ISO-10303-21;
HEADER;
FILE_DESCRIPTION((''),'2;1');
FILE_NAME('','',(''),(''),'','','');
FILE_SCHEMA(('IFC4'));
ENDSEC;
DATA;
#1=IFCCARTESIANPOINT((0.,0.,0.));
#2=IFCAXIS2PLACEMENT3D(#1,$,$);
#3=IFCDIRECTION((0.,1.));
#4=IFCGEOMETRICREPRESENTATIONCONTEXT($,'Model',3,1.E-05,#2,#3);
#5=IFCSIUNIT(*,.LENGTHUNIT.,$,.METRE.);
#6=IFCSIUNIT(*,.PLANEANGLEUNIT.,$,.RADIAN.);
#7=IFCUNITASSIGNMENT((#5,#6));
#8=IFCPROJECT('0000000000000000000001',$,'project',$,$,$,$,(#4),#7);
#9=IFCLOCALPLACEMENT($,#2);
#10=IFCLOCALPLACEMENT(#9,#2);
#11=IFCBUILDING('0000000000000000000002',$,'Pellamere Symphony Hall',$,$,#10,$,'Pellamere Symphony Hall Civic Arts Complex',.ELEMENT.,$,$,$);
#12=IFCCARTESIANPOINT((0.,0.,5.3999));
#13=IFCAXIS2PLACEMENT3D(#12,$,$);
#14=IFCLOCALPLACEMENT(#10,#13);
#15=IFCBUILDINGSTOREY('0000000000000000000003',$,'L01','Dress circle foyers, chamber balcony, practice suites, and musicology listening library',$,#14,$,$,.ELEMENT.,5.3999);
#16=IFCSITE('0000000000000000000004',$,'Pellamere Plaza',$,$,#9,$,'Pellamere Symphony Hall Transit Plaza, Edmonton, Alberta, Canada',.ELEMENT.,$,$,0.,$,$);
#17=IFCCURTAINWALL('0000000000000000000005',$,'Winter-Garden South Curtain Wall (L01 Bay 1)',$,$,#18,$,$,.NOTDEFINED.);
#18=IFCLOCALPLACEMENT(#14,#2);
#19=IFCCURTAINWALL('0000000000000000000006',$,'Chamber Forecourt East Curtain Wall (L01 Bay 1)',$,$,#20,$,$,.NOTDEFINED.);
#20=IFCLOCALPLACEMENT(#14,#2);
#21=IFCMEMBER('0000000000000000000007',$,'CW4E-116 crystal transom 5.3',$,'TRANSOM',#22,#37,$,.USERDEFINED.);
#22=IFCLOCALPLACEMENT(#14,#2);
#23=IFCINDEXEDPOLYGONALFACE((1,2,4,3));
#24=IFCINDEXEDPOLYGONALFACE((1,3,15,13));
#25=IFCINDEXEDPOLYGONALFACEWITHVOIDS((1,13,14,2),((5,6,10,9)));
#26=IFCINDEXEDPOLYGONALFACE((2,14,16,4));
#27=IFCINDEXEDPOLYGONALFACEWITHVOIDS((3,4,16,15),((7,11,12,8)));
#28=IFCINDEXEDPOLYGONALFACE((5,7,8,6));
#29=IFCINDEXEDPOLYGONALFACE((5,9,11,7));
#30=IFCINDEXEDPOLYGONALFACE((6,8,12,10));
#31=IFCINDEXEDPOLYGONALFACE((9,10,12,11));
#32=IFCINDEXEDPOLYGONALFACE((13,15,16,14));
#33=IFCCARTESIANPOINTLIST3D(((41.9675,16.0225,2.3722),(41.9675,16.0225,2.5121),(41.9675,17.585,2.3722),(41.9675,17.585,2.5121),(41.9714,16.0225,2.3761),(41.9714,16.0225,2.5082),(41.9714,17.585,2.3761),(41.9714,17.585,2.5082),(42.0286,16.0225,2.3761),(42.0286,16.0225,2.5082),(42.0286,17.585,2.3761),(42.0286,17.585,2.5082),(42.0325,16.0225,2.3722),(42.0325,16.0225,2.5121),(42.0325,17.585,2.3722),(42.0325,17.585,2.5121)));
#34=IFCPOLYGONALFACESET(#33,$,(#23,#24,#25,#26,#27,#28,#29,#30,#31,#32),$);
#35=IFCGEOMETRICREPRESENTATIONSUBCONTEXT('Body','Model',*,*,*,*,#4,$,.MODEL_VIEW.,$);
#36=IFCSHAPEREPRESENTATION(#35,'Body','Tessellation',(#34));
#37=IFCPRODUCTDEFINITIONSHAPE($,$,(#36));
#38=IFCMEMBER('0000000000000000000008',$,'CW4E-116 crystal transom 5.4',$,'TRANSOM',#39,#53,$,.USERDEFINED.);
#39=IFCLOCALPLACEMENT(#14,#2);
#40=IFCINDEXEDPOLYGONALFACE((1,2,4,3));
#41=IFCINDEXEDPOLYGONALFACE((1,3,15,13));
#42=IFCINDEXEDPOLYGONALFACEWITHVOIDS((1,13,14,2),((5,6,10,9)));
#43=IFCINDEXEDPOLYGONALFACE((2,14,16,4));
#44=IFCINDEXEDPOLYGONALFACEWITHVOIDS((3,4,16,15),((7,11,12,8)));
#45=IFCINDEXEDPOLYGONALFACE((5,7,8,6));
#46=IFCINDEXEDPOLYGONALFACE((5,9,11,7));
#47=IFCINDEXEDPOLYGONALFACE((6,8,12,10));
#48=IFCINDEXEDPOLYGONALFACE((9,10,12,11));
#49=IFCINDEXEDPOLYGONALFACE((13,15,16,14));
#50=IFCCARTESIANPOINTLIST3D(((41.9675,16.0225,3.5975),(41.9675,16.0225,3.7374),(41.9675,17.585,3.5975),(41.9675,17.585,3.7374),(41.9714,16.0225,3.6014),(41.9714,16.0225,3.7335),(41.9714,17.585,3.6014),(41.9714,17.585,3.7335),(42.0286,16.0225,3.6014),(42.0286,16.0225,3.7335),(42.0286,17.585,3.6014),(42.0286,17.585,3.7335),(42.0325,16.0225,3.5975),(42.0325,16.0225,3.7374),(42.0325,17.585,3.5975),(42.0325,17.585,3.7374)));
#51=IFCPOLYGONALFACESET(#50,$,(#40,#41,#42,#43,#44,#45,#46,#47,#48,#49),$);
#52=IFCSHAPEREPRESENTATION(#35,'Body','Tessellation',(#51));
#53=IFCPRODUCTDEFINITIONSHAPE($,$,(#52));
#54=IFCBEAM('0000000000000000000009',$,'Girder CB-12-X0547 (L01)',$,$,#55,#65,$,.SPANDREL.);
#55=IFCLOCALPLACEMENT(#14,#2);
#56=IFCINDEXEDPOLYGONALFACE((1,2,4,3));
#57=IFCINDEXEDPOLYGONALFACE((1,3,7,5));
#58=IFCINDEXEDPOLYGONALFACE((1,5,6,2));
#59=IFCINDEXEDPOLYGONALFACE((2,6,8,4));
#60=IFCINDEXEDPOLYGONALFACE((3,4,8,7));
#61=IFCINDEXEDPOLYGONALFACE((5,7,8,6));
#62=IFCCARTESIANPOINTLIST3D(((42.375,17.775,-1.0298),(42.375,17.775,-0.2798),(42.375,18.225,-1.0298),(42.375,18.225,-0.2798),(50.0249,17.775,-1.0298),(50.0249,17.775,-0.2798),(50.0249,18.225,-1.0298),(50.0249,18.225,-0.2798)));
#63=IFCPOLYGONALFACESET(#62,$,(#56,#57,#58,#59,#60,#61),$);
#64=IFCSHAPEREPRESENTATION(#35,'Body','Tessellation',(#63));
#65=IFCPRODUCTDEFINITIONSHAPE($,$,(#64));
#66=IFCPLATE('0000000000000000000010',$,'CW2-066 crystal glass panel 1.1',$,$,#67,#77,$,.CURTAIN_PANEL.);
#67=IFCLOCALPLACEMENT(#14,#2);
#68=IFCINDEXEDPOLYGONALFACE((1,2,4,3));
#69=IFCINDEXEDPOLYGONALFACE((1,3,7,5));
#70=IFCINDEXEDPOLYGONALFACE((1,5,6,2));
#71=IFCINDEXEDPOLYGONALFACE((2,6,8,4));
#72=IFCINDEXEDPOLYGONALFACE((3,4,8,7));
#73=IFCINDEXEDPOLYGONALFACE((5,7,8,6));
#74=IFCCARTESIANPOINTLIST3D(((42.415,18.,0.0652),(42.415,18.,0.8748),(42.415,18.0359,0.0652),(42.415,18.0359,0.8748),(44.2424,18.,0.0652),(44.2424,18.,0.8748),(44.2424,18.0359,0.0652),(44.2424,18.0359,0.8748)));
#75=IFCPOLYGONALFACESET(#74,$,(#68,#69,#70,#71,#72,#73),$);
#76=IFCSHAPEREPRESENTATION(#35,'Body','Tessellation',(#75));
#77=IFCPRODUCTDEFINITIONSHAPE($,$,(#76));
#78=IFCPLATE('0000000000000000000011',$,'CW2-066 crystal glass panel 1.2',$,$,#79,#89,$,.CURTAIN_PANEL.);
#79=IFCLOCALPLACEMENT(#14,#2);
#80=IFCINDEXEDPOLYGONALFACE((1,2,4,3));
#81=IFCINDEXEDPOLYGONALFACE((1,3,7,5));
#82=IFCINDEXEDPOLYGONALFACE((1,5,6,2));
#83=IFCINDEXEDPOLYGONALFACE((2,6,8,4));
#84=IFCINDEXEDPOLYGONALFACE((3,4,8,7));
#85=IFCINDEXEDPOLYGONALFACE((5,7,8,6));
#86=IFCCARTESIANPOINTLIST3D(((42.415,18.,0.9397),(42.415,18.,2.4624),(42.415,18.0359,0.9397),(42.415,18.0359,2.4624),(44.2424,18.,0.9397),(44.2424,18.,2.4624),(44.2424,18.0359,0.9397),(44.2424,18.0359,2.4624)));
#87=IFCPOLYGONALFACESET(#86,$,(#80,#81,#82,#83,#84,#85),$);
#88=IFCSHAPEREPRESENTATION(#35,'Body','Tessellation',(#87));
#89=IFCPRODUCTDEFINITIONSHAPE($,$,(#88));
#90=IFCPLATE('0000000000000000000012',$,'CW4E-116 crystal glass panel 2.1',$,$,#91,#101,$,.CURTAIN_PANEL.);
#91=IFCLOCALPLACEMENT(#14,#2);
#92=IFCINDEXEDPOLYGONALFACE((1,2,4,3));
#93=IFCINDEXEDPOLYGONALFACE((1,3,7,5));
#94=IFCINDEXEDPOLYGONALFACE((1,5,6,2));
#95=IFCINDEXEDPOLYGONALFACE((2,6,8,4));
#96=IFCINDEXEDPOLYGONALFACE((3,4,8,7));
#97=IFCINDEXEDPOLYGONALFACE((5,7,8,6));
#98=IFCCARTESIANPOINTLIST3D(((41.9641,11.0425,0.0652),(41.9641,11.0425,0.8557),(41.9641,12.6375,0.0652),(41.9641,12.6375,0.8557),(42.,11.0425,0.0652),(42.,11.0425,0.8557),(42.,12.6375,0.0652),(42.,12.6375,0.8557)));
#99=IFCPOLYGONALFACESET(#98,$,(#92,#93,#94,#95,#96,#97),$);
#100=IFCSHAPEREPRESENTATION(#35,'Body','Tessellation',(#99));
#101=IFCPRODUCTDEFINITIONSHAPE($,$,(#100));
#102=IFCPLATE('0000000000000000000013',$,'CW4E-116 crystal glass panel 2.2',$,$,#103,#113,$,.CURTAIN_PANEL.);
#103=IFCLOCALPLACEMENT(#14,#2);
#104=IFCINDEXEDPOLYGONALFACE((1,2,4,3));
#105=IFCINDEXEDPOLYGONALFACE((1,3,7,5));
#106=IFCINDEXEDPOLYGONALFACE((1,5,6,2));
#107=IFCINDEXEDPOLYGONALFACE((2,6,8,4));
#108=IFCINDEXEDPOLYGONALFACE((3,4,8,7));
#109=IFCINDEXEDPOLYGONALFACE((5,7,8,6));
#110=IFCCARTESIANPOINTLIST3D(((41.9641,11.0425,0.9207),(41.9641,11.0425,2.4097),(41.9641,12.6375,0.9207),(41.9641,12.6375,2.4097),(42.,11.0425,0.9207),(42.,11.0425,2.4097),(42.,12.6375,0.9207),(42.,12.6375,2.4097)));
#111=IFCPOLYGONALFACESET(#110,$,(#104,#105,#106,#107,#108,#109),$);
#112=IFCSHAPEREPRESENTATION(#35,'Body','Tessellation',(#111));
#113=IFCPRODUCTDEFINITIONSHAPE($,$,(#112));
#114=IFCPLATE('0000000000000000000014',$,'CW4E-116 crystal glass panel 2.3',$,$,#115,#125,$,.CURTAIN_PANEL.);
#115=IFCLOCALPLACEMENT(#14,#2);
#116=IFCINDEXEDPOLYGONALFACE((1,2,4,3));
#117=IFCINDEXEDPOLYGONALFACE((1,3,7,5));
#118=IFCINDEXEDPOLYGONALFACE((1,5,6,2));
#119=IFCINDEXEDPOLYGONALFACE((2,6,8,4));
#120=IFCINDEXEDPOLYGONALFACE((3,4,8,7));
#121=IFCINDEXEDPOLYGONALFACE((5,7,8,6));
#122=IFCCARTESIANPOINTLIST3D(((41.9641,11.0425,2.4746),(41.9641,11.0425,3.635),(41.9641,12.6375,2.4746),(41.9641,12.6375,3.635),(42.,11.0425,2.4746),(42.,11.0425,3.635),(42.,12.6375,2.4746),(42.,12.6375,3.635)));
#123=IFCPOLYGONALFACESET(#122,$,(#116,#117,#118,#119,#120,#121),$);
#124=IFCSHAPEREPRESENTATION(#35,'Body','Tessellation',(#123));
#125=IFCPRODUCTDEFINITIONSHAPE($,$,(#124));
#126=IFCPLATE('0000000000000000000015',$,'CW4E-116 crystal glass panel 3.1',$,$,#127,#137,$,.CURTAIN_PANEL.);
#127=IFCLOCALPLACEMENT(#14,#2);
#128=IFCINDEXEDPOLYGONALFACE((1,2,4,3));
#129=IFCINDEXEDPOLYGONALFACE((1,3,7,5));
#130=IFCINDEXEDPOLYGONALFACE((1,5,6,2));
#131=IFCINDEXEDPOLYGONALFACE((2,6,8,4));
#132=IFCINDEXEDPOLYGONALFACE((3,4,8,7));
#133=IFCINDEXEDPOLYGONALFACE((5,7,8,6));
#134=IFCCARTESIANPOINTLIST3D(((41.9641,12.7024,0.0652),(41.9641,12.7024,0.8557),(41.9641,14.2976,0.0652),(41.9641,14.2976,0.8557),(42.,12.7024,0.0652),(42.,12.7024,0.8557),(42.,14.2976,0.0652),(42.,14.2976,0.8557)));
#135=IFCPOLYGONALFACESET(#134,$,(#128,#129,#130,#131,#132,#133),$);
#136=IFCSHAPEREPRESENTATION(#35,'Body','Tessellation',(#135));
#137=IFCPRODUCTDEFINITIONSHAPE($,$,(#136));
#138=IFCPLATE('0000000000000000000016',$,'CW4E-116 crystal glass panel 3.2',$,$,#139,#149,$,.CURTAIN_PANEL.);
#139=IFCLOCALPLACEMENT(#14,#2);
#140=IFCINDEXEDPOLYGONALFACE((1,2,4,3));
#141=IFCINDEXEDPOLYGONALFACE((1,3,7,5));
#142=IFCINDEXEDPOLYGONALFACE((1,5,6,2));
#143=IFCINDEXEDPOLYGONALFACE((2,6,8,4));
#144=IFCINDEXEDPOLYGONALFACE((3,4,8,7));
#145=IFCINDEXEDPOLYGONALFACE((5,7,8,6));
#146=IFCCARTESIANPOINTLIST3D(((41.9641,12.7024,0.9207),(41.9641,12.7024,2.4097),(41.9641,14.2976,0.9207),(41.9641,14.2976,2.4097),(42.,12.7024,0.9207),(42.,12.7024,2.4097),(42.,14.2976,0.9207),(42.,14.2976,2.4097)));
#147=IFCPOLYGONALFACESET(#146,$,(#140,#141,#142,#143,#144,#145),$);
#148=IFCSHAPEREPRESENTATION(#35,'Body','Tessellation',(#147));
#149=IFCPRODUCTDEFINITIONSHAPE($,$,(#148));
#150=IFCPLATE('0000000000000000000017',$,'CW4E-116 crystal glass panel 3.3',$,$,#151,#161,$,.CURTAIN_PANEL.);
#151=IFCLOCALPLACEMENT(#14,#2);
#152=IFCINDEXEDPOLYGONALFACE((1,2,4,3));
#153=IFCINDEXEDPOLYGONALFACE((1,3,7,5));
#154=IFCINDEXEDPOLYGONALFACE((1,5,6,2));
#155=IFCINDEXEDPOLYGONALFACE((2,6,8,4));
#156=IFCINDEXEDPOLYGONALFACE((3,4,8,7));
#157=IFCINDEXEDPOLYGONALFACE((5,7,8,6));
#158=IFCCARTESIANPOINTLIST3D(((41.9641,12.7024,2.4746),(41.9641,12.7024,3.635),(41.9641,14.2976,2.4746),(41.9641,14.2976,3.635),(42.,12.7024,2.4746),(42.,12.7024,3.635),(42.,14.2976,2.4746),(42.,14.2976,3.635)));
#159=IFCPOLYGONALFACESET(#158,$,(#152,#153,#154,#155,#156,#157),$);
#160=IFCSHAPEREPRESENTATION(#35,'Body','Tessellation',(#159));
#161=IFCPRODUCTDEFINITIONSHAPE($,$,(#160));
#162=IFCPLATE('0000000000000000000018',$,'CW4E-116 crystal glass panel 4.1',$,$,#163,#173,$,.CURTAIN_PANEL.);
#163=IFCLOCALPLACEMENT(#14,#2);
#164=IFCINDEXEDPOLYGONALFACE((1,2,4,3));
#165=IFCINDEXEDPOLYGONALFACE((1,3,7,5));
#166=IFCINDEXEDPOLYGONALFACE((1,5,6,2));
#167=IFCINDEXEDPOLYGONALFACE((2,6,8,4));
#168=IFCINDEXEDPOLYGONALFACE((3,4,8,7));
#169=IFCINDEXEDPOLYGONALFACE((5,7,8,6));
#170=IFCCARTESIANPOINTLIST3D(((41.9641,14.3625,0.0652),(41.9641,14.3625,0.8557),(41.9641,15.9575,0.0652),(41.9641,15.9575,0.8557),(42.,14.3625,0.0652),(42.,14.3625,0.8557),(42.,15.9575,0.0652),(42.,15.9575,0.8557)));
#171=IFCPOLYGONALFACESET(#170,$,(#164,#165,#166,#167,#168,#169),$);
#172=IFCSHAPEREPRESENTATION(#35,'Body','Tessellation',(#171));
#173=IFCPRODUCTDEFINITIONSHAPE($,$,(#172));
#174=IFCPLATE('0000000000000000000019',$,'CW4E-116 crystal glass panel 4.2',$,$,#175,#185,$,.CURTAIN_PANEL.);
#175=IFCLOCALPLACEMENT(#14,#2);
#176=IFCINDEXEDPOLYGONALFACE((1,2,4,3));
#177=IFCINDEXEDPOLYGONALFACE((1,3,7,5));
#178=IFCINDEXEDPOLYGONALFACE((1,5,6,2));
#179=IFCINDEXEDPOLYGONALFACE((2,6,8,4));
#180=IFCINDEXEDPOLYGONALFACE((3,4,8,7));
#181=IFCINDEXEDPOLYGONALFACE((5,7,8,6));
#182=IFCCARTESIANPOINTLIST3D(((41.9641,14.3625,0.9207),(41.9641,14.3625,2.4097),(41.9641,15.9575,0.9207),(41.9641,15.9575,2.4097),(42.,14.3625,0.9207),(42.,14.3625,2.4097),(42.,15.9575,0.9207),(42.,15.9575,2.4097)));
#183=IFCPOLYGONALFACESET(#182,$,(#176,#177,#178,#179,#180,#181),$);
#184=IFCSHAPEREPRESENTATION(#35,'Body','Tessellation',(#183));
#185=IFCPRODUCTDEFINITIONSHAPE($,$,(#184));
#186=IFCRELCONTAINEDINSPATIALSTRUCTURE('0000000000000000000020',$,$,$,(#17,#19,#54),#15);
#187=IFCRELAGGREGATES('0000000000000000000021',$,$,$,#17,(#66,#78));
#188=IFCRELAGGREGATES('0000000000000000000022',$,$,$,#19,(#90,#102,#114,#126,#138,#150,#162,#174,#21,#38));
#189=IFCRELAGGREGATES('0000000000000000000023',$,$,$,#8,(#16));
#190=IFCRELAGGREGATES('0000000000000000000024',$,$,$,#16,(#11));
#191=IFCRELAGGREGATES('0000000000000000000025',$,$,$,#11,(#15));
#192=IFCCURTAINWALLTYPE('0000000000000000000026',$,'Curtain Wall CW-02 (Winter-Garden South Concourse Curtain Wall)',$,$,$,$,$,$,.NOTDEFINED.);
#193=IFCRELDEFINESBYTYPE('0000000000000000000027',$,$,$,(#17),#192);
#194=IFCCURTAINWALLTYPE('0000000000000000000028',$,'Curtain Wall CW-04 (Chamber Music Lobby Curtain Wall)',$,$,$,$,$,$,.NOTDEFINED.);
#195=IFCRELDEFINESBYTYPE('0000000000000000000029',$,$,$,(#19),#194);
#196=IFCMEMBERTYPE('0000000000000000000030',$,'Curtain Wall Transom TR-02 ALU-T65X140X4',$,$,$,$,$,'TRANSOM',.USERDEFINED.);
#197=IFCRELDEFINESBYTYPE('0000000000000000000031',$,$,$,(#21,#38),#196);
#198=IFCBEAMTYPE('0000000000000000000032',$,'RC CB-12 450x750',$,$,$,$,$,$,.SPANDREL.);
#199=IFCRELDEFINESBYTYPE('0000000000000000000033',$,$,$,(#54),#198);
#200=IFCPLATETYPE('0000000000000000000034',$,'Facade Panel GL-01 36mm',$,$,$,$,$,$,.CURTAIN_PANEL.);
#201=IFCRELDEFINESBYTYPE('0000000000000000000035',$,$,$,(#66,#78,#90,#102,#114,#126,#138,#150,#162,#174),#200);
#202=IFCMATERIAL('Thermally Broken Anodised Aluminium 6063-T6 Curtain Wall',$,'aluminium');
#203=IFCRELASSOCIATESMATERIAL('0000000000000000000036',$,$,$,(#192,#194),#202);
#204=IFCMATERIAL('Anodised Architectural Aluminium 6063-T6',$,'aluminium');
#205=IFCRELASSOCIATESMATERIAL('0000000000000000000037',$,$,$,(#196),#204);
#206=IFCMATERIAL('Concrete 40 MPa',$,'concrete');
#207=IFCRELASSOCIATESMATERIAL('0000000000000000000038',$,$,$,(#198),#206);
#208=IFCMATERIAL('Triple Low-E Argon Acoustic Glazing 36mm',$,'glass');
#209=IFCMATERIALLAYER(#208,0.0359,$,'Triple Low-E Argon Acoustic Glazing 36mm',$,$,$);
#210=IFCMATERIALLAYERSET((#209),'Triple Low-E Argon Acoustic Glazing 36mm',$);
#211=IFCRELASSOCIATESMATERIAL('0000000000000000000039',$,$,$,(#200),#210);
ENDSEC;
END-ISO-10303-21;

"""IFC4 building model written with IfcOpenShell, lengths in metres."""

from ifc_helpers import new_model, si_unit, direction, frame, origin, origin_2d, place, context, subcontext, project, spatial, polyline, rectangle, hollow_rectangle, outline, extrude, material, layer, layer_set, material_profile, profile_set, type_object, element, aggregate, save


model = new_model("IFC4")

# Units and contexts
model_context = context("Model", 3, precision=1e-05, world=origin(), true_north=direction((0.0, 1.0)))
body_context = subcontext(model_context, "Body", "Model", "MODEL_VIEW")
ifc_project = project(units=[si_unit("LENGTHUNIT", "METRE"), si_unit("PLANEANGLEUNIT", "RADIAN")], contexts=[model_context])

# Site, building, storey
site_placement = place(None, origin())
site = spatial("IfcSite", under=ifc_project, at=site_placement, Name="Pellamere Plaza", LongName="Pellamere Symphony Hall Transit Plaza, Edmonton, Alberta, Canada", CompositionType="ELEMENT", RefElevation=0.0)
building_placement = place(site_placement, origin())
building = spatial("IfcBuilding", under=site, at=building_placement, Name="Pellamere Symphony Hall", LongName="Pellamere Symphony Hall Civic Arts Complex", CompositionType="ELEMENT")
storey_placement = place(building_placement, frame((0.0, 0.0, 5.3999)))
storey = spatial("IfcBuildingStorey", under=building, at=storey_placement, Name="L01", Description="Dress circle foyers, chamber balcony, practice suites, and musicology listening library", CompositionType="ELEMENT", Elevation=5.3999)

# Shared definitions
ifc_material_1 = material(Name="Concrete 40 MPa", Category="concrete")

# Curtain wall
ifc_material_2 = material(Name="Thermally Broken Anodised Aluminium 6063-T6 Curtain Wall", Category="aluminium")
curtain_wall_type_1 = type_object("IfcCurtainWallType", Name="Curtain Wall CW-02 (Winter-Garden South Concourse Curtain Wall)", PredefinedType="NOTDEFINED", material=ifc_material_2)
curtain_wall_1_placement = place(storey_placement, origin())
curtain_wall_1 = element("IfcCurtainWall", 1, at=curtain_wall_1_placement, inside=storey, type_object=curtain_wall_type_1, Name="Winter-Garden South Curtain Wall (L01 Bay 1)", PredefinedType="NOTDEFINED")
ifc_material_3 = material(Name="Anodised Architectural Aluminium 6063-T6", Category="aluminium")

# Curtain wall
curtain_wall_type_2 = type_object("IfcCurtainWallType", Name="Curtain Wall CW-04 (Chamber Music Lobby Curtain Wall)", PredefinedType="NOTDEFINED", material=ifc_material_2)
curtain_wall_2_placement = place(storey_placement, origin())
curtain_wall_2 = element("IfcCurtainWall", 2, at=curtain_wall_2_placement, inside=storey, type_object=curtain_wall_type_2, Name="Chamber Forecourt East Curtain Wall (L01 Bay 1)", PredefinedType="NOTDEFINED")

# Members
ifc_material_profile_1 = material_profile(ifc_material_3, hollow_rectangle(XDim=0.0649, YDim=0.1399, WallThickness=0.0039, at=origin_2d()), Name="ALU-T65X140X4")
ifc_profile_set_1 = profile_set([ifc_material_profile_1], Name="Anodised Architectural Aluminium 6063-T6")
member_type_1 = type_object("IfcMemberType", Name="Curtain Wall Transom TR-02 ALU-T65X140X4", ElementType="TRANSOM", PredefinedType="USERDEFINED", material=ifc_profile_set_1)
member_1_placement = place(storey_placement, frame((42.0, 16.0225, 2.4421), z_axis=(0.0, 1.0, 0.0), x_axis=(-1.0, 0.0, 0.0)))
member_1 = element("IfcMember", 3, at=member_1_placement, type_object=member_type_1, Name="CW4E-116 crystal transom 5.3", ObjectType="TRANSOM", PredefinedType="USERDEFINED", context=body_context, shape_type="SweptSolid", body=[
    extrude(hollow_rectangle(XDim=0.0649, YDim=0.1399, WallThickness=0.0039, at=origin_2d()), origin(), (0.0, 0.0, 1.0), 1.5625),
])
member_2_placement = place(storey_placement, frame((42.0, 16.0225, 3.6675), z_axis=(0.0, 1.0, 0.0), x_axis=(-1.0, 0.0, 0.0)))
member_2 = element("IfcMember", 4, at=member_2_placement, type_object=member_type_1, Name="CW4E-116 crystal transom 5.4", ObjectType="TRANSOM", PredefinedType="USERDEFINED", context=body_context, shape_type="SweptSolid", body=[
    extrude(hollow_rectangle(XDim=0.0649, YDim=0.1399, WallThickness=0.0039, at=origin_2d()), origin(), (0.0, 0.0, 1.0), 1.5625),
])

# Beam
ifc_material_profile_2 = material_profile(ifc_material_1, rectangle(XDim=0.45, YDim=0.75, at=origin_2d()), Name="RC 450x750")
ifc_profile_set_2 = profile_set([ifc_material_profile_2], Name="Concrete 40 MPa")
beam_type = type_object("IfcBeamType", Name="RC CB-12 450x750", PredefinedType="SPANDREL", material=ifc_profile_set_2)
beam_placement = place(storey_placement, frame((42.375, 18.0, -0.6548), z_axis=(1.0, 0.0, 0.0), x_axis=(0.0, 1.0, 0.0)))
element("IfcBeam", 5, at=beam_placement, inside=storey, type_object=beam_type, Name="Girder CB-12-X0547 (L01)", PredefinedType="SPANDREL", context=body_context, shape_type="SweptSolid", body=[
    extrude(rectangle(XDim=0.45, YDim=0.75, at=origin_2d()), origin(), (0.0, 0.0, 1.0), 7.6499),
])

# Plates
ifc_material_4 = material(Name="Triple Low-E Argon Acoustic Glazing 36mm", Category="glass")
ifc_layer = layer(ifc_material_4, 0.0359, Name="Triple Low-E Argon Acoustic Glazing 36mm")
ifc_layer_set = layer_set([ifc_layer], Name="Triple Low-E Argon Acoustic Glazing 36mm")
plate_type = type_object("IfcPlateType", Name="Facade Panel GL-01 36mm", PredefinedType="CURTAIN_PANEL", material=ifc_layer_set)
plate_1_placement = place(storey_placement, frame((42.415, 18.0, 0.0652), z_axis=(0.0, -1.0, 0.0), x_axis=(1.0, 0.0, 0.0)))
plate_1 = element("IfcPlate", 6, at=plate_1_placement, type_object=plate_type, Name="CW2-066 crystal glass panel 1.1", PredefinedType="CURTAIN_PANEL", context=body_context, shape_type="SweptSolid", body=[
    extrude(outline(polyline([(0.0, 0.0), (1.8274, 0.0), (1.8274, 0.8096), (0.0, 0.8096), (0.0, 0.0)])), origin(), (0.0, 0.0, -1.0), 0.0359),
])
plate_2_placement = place(storey_placement, frame((42.415, 18.0, 0.9397), z_axis=(0.0, -1.0, 0.0), x_axis=(1.0, 0.0, 0.0)))
plate_2 = element("IfcPlate", 7, at=plate_2_placement, type_object=plate_type, Name="CW2-066 crystal glass panel 1.2", PredefinedType="CURTAIN_PANEL", context=body_context, shape_type="SweptSolid", body=[
    extrude(outline(polyline([(0.0, 0.0), (1.8274, 0.0), (1.8274, 1.5227), (0.0, 1.5227), (0.0, 0.0)])), origin(), (0.0, 0.0, -1.0), 0.0359),
])
aggregate(curtain_wall_1, [plate_1, plate_2])
plate_3_placement = place(storey_placement, frame((42.0, 11.0425, 0.0652), z_axis=(1.0, 0.0, 0.0), x_axis=(0.0, 1.0, 0.0)))
plate_3 = element("IfcPlate", 8, at=plate_3_placement, type_object=plate_type, Name="CW4E-116 crystal glass panel 2.1", PredefinedType="CURTAIN_PANEL", context=body_context, shape_type="SweptSolid", body=[
    extrude(outline(polyline([(0.0, 0.0), (1.595, 0.0), (1.595, 0.7905), (0.0, 0.7905), (0.0, 0.0)])), origin(), (0.0, 0.0, -1.0), 0.0359),
])
plate_4_placement = place(storey_placement, frame((42.0, 11.0425, 0.9207), z_axis=(1.0, 0.0, 0.0), x_axis=(0.0, 1.0, 0.0)))
plate_4 = element("IfcPlate", 9, at=plate_4_placement, type_object=plate_type, Name="CW4E-116 crystal glass panel 2.2", PredefinedType="CURTAIN_PANEL", context=body_context, shape_type="SweptSolid", body=[
    extrude(outline(polyline([(0.0, 0.0), (1.595, 0.0), (1.595, 1.489), (0.0, 1.489), (0.0, 0.0)])), origin(), (0.0, 0.0, -1.0), 0.0359),
])
plate_5_placement = place(storey_placement, frame((42.0, 11.0425, 2.4746), z_axis=(1.0, 0.0, 0.0), x_axis=(0.0, 1.0, 0.0)))
plate_5 = element("IfcPlate", 10, at=plate_5_placement, type_object=plate_type, Name="CW4E-116 crystal glass panel 2.3", PredefinedType="CURTAIN_PANEL", context=body_context, shape_type="SweptSolid", body=[
    extrude(outline(polyline([(0.0, 0.0), (1.595, 0.0), (1.595, 1.1604), (0.0, 1.1604), (0.0, 0.0)])), origin(), (0.0, 0.0, -1.0), 0.0359),
])
plate_6_placement = place(storey_placement, frame((42.0, 12.7024, 0.0652), z_axis=(1.0, 0.0, 0.0), x_axis=(0.0, 1.0, 0.0)))
plate_6 = element("IfcPlate", 11, at=plate_6_placement, type_object=plate_type, Name="CW4E-116 crystal glass panel 3.1", PredefinedType="CURTAIN_PANEL", context=body_context, shape_type="SweptSolid", body=[
    extrude(outline(polyline([(0.0, 0.0), (1.5952, 0.0), (1.5952, 0.7905), (0.0, 0.7905), (0.0, 0.0)])), origin(), (0.0, 0.0, -1.0), 0.0359),
])
plate_7_placement = place(storey_placement, frame((42.0, 12.7024, 0.9207), z_axis=(1.0, 0.0, 0.0), x_axis=(0.0, 1.0, 0.0)))
plate_7 = element("IfcPlate", 12, at=plate_7_placement, type_object=plate_type, Name="CW4E-116 crystal glass panel 3.2", PredefinedType="CURTAIN_PANEL", context=body_context, shape_type="SweptSolid", body=[
    extrude(outline(polyline([(0.0, 0.0), (1.5952, 0.0), (1.5952, 1.489), (0.0, 1.489), (0.0, 0.0)])), origin(), (0.0, 0.0, -1.0), 0.0359),
])
plate_8_placement = place(storey_placement, frame((42.0, 12.7024, 2.4746), z_axis=(1.0, 0.0, 0.0), x_axis=(0.0, 1.0, 0.0)))
plate_8 = element("IfcPlate", 13, at=plate_8_placement, type_object=plate_type, Name="CW4E-116 crystal glass panel 3.3", PredefinedType="CURTAIN_PANEL", context=body_context, shape_type="SweptSolid", body=[
    extrude(outline(polyline([(0.0, 0.0), (1.5952, 0.0), (1.5952, 1.1604), (0.0, 1.1604), (0.0, 0.0)])), origin(), (0.0, 0.0, -1.0), 0.0359),
])
plate_9_placement = place(storey_placement, frame((42.0, 14.3625, 0.0652), z_axis=(1.0, 0.0, 0.0), x_axis=(0.0, 1.0, 0.0)))
plate_9 = element("IfcPlate", 14, at=plate_9_placement, type_object=plate_type, Name="CW4E-116 crystal glass panel 4.1", PredefinedType="CURTAIN_PANEL", context=body_context, shape_type="SweptSolid", body=[
    extrude(outline(polyline([(0.0, 0.0), (1.595, 0.0), (1.595, 0.7905), (0.0, 0.7905), (0.0, 0.0)])), origin(), (0.0, 0.0, -1.0), 0.0359),
])
plate_10_placement = place(storey_placement, frame((42.0, 14.3625, 0.9207), z_axis=(1.0, 0.0, 0.0), x_axis=(0.0, 1.0, 0.0)))
plate_10 = element("IfcPlate", 15, at=plate_10_placement, type_object=plate_type, Name="CW4E-116 crystal glass panel 4.2", PredefinedType="CURTAIN_PANEL", context=body_context, shape_type="SweptSolid", body=[
    extrude(outline(polyline([(0.0, 0.0), (1.595, 0.0), (1.595, 1.489), (0.0, 1.489), (0.0, 0.0)])), origin(), (0.0, 0.0, -1.0), 0.0359),
])
aggregate(curtain_wall_2, [plate_3, plate_4, plate_5, plate_6, plate_7, plate_8, plate_9, plate_10, member_1, member_2])

save(model, "model.ifc")
